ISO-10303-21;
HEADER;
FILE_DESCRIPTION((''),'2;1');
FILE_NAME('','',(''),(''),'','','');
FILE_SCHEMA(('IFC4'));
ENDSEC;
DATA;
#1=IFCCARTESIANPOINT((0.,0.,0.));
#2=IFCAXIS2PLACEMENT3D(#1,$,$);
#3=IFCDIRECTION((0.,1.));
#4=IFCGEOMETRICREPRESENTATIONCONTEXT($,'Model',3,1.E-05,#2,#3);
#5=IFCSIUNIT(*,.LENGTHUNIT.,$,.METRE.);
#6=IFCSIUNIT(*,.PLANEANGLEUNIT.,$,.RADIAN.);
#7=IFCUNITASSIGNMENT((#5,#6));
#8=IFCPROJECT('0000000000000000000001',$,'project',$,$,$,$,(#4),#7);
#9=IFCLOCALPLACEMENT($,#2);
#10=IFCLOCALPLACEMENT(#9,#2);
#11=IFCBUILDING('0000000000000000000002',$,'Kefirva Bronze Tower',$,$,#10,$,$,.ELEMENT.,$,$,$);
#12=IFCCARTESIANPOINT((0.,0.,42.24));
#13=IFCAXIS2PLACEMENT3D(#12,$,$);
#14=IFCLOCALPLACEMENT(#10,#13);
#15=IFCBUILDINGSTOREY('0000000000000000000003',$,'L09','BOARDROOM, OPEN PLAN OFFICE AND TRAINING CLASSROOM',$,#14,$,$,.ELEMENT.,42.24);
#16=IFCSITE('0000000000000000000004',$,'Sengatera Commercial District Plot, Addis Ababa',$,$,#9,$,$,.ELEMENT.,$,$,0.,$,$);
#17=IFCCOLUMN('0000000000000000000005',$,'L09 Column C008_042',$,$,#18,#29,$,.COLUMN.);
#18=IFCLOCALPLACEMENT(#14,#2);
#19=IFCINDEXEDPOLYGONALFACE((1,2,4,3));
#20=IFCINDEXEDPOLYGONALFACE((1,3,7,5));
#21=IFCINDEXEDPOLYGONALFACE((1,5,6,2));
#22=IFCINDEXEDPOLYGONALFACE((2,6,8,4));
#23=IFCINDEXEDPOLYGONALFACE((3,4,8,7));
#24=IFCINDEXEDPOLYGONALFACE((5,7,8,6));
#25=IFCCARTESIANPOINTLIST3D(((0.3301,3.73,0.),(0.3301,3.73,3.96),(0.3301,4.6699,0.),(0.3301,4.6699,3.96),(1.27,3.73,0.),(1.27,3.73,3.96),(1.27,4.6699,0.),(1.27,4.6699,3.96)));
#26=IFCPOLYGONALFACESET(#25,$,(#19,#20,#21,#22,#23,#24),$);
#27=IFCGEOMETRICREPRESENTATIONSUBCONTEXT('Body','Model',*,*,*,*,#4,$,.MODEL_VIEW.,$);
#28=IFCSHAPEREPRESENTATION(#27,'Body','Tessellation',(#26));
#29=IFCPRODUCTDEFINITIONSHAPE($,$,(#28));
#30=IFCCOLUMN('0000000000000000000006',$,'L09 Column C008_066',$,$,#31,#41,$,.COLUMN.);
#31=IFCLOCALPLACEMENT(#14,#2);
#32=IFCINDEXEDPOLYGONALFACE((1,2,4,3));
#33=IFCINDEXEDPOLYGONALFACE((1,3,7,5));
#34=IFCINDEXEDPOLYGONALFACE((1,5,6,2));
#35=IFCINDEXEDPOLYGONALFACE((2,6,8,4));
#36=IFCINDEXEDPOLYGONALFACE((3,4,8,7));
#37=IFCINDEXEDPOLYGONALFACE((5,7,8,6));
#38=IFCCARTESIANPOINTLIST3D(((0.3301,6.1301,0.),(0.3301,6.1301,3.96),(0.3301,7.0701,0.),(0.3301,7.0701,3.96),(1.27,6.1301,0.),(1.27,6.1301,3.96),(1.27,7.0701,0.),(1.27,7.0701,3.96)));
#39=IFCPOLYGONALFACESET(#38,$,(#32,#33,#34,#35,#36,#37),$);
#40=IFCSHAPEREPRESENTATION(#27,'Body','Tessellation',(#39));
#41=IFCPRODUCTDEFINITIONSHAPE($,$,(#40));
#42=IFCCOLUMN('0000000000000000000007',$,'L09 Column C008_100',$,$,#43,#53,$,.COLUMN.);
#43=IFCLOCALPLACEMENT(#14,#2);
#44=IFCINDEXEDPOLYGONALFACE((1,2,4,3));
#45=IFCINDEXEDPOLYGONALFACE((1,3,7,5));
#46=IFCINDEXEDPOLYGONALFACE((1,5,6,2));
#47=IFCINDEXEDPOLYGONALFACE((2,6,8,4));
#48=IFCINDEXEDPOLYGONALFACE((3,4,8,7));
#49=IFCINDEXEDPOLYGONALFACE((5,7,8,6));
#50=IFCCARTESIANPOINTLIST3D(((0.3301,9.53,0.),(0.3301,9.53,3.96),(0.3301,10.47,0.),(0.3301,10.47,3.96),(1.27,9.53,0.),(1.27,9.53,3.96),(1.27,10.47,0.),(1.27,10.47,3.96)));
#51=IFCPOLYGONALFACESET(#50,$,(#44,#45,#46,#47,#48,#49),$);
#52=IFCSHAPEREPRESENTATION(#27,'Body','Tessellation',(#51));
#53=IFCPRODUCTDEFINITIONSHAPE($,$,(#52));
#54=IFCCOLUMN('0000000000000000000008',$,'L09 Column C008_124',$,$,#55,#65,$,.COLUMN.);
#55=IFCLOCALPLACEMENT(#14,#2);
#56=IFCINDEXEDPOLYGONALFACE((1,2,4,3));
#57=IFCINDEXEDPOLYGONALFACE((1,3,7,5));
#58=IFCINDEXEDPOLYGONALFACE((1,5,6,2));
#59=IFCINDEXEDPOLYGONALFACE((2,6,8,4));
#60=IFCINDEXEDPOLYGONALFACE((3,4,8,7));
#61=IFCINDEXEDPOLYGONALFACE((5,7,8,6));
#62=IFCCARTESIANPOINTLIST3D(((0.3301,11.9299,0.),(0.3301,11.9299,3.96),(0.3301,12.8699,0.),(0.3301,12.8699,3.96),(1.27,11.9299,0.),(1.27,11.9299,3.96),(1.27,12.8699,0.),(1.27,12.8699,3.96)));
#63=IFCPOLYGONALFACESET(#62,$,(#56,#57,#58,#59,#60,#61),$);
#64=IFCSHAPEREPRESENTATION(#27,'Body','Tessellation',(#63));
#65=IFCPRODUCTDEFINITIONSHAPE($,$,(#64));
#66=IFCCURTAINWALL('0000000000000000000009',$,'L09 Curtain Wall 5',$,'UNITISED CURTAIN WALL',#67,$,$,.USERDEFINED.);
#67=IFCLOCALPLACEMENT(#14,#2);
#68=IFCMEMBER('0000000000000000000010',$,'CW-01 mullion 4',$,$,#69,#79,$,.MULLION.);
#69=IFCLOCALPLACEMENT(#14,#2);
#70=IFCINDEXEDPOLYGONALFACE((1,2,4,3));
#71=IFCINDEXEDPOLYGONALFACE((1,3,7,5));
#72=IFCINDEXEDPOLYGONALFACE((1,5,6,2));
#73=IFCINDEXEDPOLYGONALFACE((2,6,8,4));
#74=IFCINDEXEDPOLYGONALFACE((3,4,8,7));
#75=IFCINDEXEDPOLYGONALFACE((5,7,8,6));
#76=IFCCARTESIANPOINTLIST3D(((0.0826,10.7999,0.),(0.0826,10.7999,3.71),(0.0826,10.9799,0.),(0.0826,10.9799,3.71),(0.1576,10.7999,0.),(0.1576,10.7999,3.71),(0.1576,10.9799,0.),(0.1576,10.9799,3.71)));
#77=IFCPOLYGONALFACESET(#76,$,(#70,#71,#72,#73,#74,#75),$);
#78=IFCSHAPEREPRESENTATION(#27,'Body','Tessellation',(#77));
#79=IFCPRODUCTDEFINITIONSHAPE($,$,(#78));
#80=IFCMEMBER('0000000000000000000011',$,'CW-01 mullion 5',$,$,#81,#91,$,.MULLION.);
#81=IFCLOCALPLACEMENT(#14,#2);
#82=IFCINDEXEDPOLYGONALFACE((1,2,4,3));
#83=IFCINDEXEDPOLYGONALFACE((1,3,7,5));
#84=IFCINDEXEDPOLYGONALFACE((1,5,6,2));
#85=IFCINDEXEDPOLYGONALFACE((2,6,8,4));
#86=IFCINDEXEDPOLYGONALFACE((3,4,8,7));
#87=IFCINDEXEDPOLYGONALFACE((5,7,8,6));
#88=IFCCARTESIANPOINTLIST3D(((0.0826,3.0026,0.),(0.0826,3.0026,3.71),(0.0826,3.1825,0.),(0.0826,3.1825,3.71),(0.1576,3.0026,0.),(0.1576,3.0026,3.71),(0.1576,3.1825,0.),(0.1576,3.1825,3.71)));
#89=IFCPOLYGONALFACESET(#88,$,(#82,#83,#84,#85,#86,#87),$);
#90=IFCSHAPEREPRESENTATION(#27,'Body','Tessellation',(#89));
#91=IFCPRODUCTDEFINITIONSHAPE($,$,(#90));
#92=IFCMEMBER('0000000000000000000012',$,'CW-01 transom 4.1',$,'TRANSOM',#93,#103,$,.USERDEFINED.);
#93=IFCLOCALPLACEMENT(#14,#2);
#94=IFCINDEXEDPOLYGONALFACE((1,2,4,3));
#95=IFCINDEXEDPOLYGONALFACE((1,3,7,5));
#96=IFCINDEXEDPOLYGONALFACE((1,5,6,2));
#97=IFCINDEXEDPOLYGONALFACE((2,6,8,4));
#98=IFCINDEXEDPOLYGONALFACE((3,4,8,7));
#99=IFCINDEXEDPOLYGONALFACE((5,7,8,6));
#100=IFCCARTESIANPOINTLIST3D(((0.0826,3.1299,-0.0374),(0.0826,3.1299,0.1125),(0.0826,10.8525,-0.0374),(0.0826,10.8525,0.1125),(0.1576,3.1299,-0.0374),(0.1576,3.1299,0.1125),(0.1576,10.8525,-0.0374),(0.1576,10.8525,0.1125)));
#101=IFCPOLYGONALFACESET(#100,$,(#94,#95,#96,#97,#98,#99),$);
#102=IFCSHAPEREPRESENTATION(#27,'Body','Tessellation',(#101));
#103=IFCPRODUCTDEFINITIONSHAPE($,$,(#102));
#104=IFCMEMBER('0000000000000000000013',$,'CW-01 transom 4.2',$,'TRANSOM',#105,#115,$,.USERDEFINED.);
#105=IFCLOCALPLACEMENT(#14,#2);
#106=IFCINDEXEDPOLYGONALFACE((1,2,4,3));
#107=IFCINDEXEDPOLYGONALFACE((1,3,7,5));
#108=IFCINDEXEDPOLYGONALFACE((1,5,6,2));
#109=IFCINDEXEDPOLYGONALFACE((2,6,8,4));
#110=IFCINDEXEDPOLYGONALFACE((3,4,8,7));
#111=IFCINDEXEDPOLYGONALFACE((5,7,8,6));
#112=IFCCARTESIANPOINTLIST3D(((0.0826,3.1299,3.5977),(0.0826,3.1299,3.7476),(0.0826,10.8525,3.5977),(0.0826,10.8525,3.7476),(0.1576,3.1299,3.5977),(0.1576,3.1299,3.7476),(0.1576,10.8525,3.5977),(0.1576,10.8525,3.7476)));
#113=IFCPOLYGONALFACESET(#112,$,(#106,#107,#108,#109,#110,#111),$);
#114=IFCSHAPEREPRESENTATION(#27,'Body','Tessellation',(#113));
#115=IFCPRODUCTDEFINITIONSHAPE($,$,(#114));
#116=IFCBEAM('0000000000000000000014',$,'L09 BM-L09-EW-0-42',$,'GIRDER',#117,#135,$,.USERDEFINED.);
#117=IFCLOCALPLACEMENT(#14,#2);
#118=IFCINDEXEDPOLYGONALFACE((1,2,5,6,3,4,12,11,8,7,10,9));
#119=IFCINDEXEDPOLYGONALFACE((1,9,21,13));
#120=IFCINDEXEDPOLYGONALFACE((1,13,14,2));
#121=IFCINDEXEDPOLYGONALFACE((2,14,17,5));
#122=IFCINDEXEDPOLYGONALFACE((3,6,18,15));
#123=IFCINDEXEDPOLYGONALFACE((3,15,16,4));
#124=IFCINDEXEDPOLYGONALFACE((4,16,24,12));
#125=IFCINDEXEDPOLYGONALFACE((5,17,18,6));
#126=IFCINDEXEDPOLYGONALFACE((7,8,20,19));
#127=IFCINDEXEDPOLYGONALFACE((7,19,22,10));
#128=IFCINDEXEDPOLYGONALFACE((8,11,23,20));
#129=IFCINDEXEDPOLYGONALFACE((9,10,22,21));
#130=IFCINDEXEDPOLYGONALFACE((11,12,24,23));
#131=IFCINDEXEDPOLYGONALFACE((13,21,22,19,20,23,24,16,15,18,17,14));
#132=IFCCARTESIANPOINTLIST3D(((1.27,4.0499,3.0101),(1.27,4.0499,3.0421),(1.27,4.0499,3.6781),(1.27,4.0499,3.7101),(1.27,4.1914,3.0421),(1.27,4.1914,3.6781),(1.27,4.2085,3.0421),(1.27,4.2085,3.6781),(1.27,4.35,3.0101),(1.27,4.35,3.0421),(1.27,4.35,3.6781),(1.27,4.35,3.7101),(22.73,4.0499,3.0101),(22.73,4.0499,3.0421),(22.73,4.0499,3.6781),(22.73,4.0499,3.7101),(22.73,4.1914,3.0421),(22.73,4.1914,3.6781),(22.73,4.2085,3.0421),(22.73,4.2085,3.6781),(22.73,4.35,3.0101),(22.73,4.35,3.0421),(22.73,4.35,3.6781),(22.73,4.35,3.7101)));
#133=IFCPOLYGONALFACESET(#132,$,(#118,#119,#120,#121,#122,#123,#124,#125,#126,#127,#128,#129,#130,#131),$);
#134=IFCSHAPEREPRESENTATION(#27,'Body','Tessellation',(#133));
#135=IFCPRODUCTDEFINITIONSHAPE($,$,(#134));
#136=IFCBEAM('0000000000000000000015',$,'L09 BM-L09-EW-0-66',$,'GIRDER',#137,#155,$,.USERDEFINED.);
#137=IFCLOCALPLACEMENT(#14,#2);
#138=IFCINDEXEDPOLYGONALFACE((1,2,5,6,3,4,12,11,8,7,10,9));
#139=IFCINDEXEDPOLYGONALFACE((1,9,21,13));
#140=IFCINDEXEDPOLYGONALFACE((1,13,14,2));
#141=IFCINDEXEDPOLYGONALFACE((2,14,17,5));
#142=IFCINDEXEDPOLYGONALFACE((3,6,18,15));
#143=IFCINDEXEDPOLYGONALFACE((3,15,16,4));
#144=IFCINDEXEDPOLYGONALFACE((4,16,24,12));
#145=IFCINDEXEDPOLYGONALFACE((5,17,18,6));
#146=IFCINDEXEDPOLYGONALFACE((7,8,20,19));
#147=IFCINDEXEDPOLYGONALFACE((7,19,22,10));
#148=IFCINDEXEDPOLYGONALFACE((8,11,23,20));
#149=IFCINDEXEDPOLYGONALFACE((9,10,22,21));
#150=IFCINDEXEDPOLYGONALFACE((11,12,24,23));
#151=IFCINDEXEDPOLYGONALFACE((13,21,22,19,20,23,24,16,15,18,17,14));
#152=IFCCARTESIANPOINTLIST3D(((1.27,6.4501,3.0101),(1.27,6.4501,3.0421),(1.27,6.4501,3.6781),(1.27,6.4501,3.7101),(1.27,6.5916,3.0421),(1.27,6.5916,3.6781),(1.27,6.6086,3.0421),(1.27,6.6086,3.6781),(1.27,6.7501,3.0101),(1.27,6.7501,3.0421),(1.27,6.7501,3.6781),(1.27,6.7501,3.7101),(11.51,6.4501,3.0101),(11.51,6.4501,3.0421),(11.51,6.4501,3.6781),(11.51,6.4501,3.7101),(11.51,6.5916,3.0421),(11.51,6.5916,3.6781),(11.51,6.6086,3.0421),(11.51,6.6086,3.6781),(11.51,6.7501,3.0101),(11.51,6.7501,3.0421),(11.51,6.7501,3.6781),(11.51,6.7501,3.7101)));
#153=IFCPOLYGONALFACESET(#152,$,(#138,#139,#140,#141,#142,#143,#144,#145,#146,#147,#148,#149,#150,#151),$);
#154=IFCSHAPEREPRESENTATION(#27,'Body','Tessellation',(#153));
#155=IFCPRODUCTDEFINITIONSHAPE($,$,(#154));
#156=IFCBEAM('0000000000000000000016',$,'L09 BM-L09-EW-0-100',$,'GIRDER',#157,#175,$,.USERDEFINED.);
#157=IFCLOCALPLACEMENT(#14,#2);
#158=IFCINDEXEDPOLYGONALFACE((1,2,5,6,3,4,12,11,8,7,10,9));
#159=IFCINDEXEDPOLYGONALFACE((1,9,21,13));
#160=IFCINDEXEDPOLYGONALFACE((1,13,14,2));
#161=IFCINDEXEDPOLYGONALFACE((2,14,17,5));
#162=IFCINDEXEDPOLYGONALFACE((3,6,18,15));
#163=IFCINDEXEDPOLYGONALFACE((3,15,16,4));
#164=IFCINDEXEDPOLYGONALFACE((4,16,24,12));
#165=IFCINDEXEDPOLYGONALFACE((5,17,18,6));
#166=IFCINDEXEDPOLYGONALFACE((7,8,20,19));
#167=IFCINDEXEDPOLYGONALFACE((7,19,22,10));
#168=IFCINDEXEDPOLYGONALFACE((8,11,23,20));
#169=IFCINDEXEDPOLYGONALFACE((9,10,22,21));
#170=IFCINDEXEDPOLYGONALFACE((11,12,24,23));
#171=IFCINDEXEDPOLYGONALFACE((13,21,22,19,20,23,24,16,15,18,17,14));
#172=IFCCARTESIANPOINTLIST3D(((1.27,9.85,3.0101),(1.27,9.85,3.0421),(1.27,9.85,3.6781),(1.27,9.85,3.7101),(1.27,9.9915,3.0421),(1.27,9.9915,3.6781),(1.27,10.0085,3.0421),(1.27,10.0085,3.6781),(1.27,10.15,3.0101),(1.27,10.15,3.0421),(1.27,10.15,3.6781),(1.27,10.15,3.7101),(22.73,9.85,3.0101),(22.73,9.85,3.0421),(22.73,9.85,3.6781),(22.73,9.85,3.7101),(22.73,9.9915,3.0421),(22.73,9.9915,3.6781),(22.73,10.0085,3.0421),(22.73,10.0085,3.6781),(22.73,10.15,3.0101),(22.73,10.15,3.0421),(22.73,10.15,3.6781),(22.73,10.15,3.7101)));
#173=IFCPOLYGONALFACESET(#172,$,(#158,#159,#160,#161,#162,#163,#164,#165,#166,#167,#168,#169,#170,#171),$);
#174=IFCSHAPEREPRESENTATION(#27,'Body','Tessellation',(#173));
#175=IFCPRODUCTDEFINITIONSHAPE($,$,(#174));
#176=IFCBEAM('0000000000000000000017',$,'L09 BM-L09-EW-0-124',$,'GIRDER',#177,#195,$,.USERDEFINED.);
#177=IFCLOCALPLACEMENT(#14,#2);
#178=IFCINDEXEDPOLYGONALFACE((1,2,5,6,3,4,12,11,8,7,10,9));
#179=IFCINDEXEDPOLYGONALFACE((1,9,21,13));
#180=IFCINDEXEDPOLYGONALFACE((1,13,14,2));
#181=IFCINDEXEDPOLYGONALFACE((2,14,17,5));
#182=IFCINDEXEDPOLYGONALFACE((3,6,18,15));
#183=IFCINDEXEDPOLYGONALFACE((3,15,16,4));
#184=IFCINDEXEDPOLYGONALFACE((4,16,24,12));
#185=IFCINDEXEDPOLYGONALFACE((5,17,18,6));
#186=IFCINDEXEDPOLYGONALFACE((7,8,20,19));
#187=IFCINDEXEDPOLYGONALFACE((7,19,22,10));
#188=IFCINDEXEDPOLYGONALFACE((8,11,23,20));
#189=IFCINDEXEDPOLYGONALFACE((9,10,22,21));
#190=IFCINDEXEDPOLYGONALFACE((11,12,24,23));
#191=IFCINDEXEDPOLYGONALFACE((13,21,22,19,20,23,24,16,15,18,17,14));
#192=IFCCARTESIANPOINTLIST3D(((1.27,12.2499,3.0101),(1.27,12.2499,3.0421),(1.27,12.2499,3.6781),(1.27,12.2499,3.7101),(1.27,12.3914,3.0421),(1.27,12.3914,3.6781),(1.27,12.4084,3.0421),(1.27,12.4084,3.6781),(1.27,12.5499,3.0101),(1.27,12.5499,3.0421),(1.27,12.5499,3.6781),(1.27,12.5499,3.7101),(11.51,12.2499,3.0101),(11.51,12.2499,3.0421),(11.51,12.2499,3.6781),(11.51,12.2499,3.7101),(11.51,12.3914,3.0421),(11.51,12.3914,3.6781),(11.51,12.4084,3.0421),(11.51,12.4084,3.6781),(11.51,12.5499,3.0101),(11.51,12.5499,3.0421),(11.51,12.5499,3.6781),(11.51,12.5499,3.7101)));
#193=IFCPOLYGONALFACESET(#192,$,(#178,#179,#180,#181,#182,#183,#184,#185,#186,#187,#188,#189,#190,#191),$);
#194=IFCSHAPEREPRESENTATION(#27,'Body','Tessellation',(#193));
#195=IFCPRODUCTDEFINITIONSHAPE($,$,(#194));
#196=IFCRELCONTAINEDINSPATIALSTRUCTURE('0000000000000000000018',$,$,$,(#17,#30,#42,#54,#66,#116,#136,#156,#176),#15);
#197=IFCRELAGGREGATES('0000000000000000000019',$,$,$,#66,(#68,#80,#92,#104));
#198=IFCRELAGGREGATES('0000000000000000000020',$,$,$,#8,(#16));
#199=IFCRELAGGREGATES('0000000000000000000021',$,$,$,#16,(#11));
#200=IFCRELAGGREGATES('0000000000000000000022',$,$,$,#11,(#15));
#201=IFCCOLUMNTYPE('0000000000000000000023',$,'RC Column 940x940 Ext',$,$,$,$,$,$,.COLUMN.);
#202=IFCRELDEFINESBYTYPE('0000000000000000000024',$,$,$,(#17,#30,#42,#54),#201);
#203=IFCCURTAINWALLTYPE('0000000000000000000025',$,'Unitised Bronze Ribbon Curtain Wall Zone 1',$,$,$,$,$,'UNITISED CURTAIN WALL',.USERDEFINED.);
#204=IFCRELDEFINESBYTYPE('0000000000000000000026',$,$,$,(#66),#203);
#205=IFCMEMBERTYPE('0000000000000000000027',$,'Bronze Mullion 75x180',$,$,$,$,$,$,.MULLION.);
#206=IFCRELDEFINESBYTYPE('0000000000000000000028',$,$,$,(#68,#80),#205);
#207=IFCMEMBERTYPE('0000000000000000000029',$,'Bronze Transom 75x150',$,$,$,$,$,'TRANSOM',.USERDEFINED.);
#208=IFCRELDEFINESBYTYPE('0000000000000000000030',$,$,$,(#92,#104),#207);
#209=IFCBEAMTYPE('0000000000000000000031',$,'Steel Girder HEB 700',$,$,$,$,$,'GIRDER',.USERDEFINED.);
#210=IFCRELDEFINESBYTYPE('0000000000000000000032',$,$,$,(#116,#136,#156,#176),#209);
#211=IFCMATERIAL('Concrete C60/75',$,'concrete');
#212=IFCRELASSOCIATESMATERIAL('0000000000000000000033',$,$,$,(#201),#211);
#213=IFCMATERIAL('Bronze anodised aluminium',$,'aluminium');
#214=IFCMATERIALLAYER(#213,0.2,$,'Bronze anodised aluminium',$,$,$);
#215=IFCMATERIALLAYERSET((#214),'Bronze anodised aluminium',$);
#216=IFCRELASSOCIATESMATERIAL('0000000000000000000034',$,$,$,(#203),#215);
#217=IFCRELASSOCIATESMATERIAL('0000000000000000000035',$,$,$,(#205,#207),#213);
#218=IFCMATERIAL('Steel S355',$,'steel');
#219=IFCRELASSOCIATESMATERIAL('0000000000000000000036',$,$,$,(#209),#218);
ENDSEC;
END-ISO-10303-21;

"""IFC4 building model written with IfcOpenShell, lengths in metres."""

from ifc_helpers import new_model, si_unit, direction, frame, origin, origin_2d, place, context, subcontext, project, spatial, rectangle, i_section, extrude, material, layer, layer_set, material_profile, profile_set, type_object, element, aggregate, save


model = new_model("IFC4")

# Units and contexts
model_context = context("Model", 3, precision=1e-05, world=origin(), true_north=direction((0.0, 1.0)))
body_context = subcontext(model_context, "Body", "Model", "MODEL_VIEW")
ifc_project = project(units=[si_unit("LENGTHUNIT", "METRE"), si_unit("PLANEANGLEUNIT", "RADIAN")], contexts=[model_context])

# Site, building, storey
site_placement = place(None, origin())
site = spatial("IfcSite", under=ifc_project, at=site_placement, Name="Sengatera Commercial District Plot, Addis Ababa", CompositionType="ELEMENT", RefElevation=0.0)
building_placement = place(site_placement, origin())
building = spatial("IfcBuilding", under=site, at=building_placement, Name="Kefirva Bronze Tower", CompositionType="ELEMENT")
storey_placement = place(building_placement, frame((0.0, 0.0, 42.24)))
storey = spatial("IfcBuildingStorey", under=building, at=storey_placement, Name="L09", Description="BOARDROOM, OPEN PLAN OFFICE AND TRAINING CLASSROOM", CompositionType="ELEMENT", Elevation=42.24)

# Columns
ifc_material_1 = material(Name="Concrete C60/75", Category="concrete")
ifc_material_profile_1 = material_profile(ifc_material_1, rectangle(XDim=0.9399, YDim=0.9399, at=origin_2d()), Name="RC 940x940")
ifc_profile_set_1 = profile_set([ifc_material_profile_1], Name="Concrete C60/75")
column_type = type_object("IfcColumnType", Name="RC Column 940x940 Ext", PredefinedType="COLUMN", material=ifc_profile_set_1)
for number, where, z_axis, x_axis, name in (
    (1, (0.8, 4.2, 0.0), (0.0, 0.0, 1.0), (1.0, 0.0, 0.0), "L09 Column C008_042"),
    (2, (0.8, 6.6001, 0.0), (0.0, 0.0, 1.0), (1.0, 0.0, 0.0), "L09 Column C008_066"),
    (3, (0.8, 10.0, 0.0), (0.0, 0.0, 1.0), (1.0, 0.0, 0.0), "L09 Column C008_100"),
    (4, (0.8, 12.3999, 0.0), (0.0, 0.0, 1.0), (1.0, 0.0, 0.0), "L09 Column C008_124"),
):
    element("IfcColumn", number, at=place(storey_placement, frame(where, z_axis=z_axis, x_axis=x_axis)), inside=storey, type_object=column_type, Name=name, PredefinedType="COLUMN", context=body_context, shape_type="SweptSolid", body=[
        extrude(rectangle(XDim=0.9399, YDim=0.9399, at=origin_2d()), origin(), (0.0, 0.0, 1.0), 3.96),
    ])

# Curtain wall, members
ifc_material_2 = material(Name="Bronze anodised aluminium", Category="aluminium")
ifc_layer_1 = layer(ifc_material_2, 0.2, Name="Bronze anodised aluminium")
ifc_layer_set_1 = layer_set([ifc_layer_1], Name="Bronze anodised aluminium")
curtain_wall_type = type_object("IfcCurtainWallType", Name="Unitised Bronze Ribbon Curtain Wall Zone 1", ElementType="UNITISED CURTAIN WALL", PredefinedType="USERDEFINED", material=ifc_layer_set_1)
curtain_wall_placement = place(storey_placement, origin())
curtain_wall = element("IfcCurtainWall", 5, at=curtain_wall_placement, inside=storey, type_object=curtain_wall_type, Name="L09 Curtain Wall 5", ObjectType="UNITISED CURTAIN WALL", PredefinedType="USERDEFINED")
ifc_material_profile_2 = material_profile(ifc_material_2, rectangle(XDim=0.075, YDim=0.1799, at=origin_2d()), Name="ALU 75x180")
ifc_profile_set_2 = profile_set([ifc_material_profile_2], Name="Bronze anodised aluminium")
member_type_1 = type_object("IfcMemberType", Name="Bronze Mullion 75x180", PredefinedType="MULLION", material=ifc_profile_set_2)
member_1_placement = place(storey_placement, frame((0.1201, 10.8899, 0.0), z_axis=(0.0, 0.0, 1.0), x_axis=(1.0, 0.0, 0.0)))
member_1 = element("IfcMember", 6, at=member_1_placement, type_object=member_type_1, Name="CW-01 mullion 4", PredefinedType="MULLION", context=body_context, shape_type="SweptSolid", body=[
    extrude(rectangle(XDim=0.075, YDim=0.1799, at=origin_2d()), origin(), (0.0, 0.0, 1.0), 3.71),
])
member_2_placement = place(storey_placement, frame((0.1201, 3.0925, 0.0), z_axis=(0.0, 0.0, 1.0), x_axis=(1.0, 0.0, 0.0)))
member_2 = element("IfcMember", 7, at=member_2_placement, type_object=member_type_1, Name="CW-01 mullion 5", PredefinedType="MULLION", context=body_context, shape_type="SweptSolid", body=[
    extrude(rectangle(XDim=0.075, YDim=0.1799, at=origin_2d()), origin(), (0.0, 0.0, 1.0), 3.71),
])
ifc_material_profile_3 = material_profile(ifc_material_2, rectangle(XDim=0.075, YDim=0.1499, at=origin_2d()), Name="ALU 75x150")
ifc_profile_set_3 = profile_set([ifc_material_profile_3], Name="Bronze anodised aluminium")
member_type_2 = type_object("IfcMemberType", Name="Bronze Transom 75x150", ElementType="TRANSOM", PredefinedType="USERDEFINED", material=ifc_profile_set_3)
member_3_placement = place(storey_placement, frame((0.1201, 10.8525, 0.0376), z_axis=(0.0, -1.0, 0.0), x_axis=(1.0, 0.0, 0.0)))
member_3 = element("IfcMember", 8, at=member_3_placement, type_object=member_type_2, Name="CW-01 transom 4.1", ObjectType="TRANSOM", PredefinedType="USERDEFINED", context=body_context, shape_type="SweptSolid", body=[
    extrude(rectangle(XDim=0.075, YDim=0.1499, at=origin_2d()), origin(), (0.0, 0.0, 1.0), 7.7227),
])
member_4_placement = place(storey_placement, frame((0.1201, 10.8525, 3.6726), z_axis=(0.0, -1.0, 0.0), x_axis=(1.0, 0.0, 0.0)))
member_4 = element("IfcMember", 9, at=member_4_placement, type_object=member_type_2, Name="CW-01 transom 4.2", ObjectType="TRANSOM", PredefinedType="USERDEFINED", context=body_context, shape_type="SweptSolid", body=[
    extrude(rectangle(XDim=0.075, YDim=0.1499, at=origin_2d()), origin(), (0.0, 0.0, 1.0), 7.7227),
])

# Beams
ifc_material_3 = material(Name="Steel S355", Category="steel")
ifc_material_profile_4 = material_profile(ifc_material_3, i_section(OverallWidth=0.3, OverallDepth=0.7, WebThickness=0.0171, FlangeThickness=0.032, at=origin_2d()), Name="HEB 700")
ifc_profile_set_4 = profile_set([ifc_material_profile_4], Name="Steel S355")
beam_type_1 = type_object("IfcBeamType", Name="Steel Girder HEB 700", ElementType="GIRDER", PredefinedType="USERDEFINED", material=ifc_profile_set_4)
beam_1_placement = place(storey_placement, frame((1.27, 4.2, 3.3601), z_axis=(1.0, 0.0, 0.0), x_axis=(0.0, 1.0, 0.0)))
element("IfcBeam", 10, at=beam_1_placement, inside=storey, type_object=beam_type_1, Name="L09 BM-L09-EW-0-42", ObjectType="GIRDER", PredefinedType="USERDEFINED", context=body_context, shape_type="SweptSolid", body=[
    extrude(i_section(OverallWidth=0.3, OverallDepth=0.7, WebThickness=0.0171, FlangeThickness=0.032, at=origin_2d()), origin(), (0.0, 0.0, 1.0), 21.46),
])
beam_2_placement = place(storey_placement, frame((1.27, 6.6001, 3.3601), z_axis=(1.0, 0.0, 0.0), x_axis=(0.0, 1.0, 0.0)))
element("IfcBeam", 11, at=beam_2_placement, inside=storey, type_object=beam_type_1, Name="L09 BM-L09-EW-0-66", ObjectType="GIRDER", PredefinedType="USERDEFINED", context=body_context, shape_type="SweptSolid", body=[
    extrude(i_section(OverallWidth=0.3, OverallDepth=0.7, WebThickness=0.0171, FlangeThickness=0.032, at=origin_2d()), origin(), (0.0, 0.0, 1.0), 10.24),
])
beam_3_placement = place(storey_placement, frame((1.27, 10.0, 3.3601), z_axis=(1.0, 0.0, 0.0), x_axis=(0.0, 1.0, 0.0)))
element("IfcBeam", 12, at=beam_3_placement, inside=storey, type_object=beam_type_1, Name="L09 BM-L09-EW-0-100", ObjectType="GIRDER", PredefinedType="USERDEFINED", context=body_context, shape_type="SweptSolid", body=[
    extrude(i_section(OverallWidth=0.3, OverallDepth=0.7, WebThickness=0.0171, FlangeThickness=0.032, at=origin_2d()), origin(), (0.0, 0.0, 1.0), 21.46),
])
beam_4_placement = place(storey_placement, frame((1.27, 12.3999, 3.3601), z_axis=(1.0, 0.0, 0.0), x_axis=(0.0, 1.0, 0.0)))
element("IfcBeam", 13, at=beam_4_placement, inside=storey, type_object=beam_type_1, Name="L09 BM-L09-EW-0-124", ObjectType="GIRDER", PredefinedType="USERDEFINED", context=body_context, shape_type="SweptSolid", body=[
    extrude(i_section(OverallWidth=0.3, OverallDepth=0.7, WebThickness=0.0171, FlangeThickness=0.032, at=origin_2d()), origin(), (0.0, 0.0, 1.0), 10.24),
])

aggregate(curtain_wall, [member_1, member_2, member_3, member_4])

save(model, "model.ifc")
